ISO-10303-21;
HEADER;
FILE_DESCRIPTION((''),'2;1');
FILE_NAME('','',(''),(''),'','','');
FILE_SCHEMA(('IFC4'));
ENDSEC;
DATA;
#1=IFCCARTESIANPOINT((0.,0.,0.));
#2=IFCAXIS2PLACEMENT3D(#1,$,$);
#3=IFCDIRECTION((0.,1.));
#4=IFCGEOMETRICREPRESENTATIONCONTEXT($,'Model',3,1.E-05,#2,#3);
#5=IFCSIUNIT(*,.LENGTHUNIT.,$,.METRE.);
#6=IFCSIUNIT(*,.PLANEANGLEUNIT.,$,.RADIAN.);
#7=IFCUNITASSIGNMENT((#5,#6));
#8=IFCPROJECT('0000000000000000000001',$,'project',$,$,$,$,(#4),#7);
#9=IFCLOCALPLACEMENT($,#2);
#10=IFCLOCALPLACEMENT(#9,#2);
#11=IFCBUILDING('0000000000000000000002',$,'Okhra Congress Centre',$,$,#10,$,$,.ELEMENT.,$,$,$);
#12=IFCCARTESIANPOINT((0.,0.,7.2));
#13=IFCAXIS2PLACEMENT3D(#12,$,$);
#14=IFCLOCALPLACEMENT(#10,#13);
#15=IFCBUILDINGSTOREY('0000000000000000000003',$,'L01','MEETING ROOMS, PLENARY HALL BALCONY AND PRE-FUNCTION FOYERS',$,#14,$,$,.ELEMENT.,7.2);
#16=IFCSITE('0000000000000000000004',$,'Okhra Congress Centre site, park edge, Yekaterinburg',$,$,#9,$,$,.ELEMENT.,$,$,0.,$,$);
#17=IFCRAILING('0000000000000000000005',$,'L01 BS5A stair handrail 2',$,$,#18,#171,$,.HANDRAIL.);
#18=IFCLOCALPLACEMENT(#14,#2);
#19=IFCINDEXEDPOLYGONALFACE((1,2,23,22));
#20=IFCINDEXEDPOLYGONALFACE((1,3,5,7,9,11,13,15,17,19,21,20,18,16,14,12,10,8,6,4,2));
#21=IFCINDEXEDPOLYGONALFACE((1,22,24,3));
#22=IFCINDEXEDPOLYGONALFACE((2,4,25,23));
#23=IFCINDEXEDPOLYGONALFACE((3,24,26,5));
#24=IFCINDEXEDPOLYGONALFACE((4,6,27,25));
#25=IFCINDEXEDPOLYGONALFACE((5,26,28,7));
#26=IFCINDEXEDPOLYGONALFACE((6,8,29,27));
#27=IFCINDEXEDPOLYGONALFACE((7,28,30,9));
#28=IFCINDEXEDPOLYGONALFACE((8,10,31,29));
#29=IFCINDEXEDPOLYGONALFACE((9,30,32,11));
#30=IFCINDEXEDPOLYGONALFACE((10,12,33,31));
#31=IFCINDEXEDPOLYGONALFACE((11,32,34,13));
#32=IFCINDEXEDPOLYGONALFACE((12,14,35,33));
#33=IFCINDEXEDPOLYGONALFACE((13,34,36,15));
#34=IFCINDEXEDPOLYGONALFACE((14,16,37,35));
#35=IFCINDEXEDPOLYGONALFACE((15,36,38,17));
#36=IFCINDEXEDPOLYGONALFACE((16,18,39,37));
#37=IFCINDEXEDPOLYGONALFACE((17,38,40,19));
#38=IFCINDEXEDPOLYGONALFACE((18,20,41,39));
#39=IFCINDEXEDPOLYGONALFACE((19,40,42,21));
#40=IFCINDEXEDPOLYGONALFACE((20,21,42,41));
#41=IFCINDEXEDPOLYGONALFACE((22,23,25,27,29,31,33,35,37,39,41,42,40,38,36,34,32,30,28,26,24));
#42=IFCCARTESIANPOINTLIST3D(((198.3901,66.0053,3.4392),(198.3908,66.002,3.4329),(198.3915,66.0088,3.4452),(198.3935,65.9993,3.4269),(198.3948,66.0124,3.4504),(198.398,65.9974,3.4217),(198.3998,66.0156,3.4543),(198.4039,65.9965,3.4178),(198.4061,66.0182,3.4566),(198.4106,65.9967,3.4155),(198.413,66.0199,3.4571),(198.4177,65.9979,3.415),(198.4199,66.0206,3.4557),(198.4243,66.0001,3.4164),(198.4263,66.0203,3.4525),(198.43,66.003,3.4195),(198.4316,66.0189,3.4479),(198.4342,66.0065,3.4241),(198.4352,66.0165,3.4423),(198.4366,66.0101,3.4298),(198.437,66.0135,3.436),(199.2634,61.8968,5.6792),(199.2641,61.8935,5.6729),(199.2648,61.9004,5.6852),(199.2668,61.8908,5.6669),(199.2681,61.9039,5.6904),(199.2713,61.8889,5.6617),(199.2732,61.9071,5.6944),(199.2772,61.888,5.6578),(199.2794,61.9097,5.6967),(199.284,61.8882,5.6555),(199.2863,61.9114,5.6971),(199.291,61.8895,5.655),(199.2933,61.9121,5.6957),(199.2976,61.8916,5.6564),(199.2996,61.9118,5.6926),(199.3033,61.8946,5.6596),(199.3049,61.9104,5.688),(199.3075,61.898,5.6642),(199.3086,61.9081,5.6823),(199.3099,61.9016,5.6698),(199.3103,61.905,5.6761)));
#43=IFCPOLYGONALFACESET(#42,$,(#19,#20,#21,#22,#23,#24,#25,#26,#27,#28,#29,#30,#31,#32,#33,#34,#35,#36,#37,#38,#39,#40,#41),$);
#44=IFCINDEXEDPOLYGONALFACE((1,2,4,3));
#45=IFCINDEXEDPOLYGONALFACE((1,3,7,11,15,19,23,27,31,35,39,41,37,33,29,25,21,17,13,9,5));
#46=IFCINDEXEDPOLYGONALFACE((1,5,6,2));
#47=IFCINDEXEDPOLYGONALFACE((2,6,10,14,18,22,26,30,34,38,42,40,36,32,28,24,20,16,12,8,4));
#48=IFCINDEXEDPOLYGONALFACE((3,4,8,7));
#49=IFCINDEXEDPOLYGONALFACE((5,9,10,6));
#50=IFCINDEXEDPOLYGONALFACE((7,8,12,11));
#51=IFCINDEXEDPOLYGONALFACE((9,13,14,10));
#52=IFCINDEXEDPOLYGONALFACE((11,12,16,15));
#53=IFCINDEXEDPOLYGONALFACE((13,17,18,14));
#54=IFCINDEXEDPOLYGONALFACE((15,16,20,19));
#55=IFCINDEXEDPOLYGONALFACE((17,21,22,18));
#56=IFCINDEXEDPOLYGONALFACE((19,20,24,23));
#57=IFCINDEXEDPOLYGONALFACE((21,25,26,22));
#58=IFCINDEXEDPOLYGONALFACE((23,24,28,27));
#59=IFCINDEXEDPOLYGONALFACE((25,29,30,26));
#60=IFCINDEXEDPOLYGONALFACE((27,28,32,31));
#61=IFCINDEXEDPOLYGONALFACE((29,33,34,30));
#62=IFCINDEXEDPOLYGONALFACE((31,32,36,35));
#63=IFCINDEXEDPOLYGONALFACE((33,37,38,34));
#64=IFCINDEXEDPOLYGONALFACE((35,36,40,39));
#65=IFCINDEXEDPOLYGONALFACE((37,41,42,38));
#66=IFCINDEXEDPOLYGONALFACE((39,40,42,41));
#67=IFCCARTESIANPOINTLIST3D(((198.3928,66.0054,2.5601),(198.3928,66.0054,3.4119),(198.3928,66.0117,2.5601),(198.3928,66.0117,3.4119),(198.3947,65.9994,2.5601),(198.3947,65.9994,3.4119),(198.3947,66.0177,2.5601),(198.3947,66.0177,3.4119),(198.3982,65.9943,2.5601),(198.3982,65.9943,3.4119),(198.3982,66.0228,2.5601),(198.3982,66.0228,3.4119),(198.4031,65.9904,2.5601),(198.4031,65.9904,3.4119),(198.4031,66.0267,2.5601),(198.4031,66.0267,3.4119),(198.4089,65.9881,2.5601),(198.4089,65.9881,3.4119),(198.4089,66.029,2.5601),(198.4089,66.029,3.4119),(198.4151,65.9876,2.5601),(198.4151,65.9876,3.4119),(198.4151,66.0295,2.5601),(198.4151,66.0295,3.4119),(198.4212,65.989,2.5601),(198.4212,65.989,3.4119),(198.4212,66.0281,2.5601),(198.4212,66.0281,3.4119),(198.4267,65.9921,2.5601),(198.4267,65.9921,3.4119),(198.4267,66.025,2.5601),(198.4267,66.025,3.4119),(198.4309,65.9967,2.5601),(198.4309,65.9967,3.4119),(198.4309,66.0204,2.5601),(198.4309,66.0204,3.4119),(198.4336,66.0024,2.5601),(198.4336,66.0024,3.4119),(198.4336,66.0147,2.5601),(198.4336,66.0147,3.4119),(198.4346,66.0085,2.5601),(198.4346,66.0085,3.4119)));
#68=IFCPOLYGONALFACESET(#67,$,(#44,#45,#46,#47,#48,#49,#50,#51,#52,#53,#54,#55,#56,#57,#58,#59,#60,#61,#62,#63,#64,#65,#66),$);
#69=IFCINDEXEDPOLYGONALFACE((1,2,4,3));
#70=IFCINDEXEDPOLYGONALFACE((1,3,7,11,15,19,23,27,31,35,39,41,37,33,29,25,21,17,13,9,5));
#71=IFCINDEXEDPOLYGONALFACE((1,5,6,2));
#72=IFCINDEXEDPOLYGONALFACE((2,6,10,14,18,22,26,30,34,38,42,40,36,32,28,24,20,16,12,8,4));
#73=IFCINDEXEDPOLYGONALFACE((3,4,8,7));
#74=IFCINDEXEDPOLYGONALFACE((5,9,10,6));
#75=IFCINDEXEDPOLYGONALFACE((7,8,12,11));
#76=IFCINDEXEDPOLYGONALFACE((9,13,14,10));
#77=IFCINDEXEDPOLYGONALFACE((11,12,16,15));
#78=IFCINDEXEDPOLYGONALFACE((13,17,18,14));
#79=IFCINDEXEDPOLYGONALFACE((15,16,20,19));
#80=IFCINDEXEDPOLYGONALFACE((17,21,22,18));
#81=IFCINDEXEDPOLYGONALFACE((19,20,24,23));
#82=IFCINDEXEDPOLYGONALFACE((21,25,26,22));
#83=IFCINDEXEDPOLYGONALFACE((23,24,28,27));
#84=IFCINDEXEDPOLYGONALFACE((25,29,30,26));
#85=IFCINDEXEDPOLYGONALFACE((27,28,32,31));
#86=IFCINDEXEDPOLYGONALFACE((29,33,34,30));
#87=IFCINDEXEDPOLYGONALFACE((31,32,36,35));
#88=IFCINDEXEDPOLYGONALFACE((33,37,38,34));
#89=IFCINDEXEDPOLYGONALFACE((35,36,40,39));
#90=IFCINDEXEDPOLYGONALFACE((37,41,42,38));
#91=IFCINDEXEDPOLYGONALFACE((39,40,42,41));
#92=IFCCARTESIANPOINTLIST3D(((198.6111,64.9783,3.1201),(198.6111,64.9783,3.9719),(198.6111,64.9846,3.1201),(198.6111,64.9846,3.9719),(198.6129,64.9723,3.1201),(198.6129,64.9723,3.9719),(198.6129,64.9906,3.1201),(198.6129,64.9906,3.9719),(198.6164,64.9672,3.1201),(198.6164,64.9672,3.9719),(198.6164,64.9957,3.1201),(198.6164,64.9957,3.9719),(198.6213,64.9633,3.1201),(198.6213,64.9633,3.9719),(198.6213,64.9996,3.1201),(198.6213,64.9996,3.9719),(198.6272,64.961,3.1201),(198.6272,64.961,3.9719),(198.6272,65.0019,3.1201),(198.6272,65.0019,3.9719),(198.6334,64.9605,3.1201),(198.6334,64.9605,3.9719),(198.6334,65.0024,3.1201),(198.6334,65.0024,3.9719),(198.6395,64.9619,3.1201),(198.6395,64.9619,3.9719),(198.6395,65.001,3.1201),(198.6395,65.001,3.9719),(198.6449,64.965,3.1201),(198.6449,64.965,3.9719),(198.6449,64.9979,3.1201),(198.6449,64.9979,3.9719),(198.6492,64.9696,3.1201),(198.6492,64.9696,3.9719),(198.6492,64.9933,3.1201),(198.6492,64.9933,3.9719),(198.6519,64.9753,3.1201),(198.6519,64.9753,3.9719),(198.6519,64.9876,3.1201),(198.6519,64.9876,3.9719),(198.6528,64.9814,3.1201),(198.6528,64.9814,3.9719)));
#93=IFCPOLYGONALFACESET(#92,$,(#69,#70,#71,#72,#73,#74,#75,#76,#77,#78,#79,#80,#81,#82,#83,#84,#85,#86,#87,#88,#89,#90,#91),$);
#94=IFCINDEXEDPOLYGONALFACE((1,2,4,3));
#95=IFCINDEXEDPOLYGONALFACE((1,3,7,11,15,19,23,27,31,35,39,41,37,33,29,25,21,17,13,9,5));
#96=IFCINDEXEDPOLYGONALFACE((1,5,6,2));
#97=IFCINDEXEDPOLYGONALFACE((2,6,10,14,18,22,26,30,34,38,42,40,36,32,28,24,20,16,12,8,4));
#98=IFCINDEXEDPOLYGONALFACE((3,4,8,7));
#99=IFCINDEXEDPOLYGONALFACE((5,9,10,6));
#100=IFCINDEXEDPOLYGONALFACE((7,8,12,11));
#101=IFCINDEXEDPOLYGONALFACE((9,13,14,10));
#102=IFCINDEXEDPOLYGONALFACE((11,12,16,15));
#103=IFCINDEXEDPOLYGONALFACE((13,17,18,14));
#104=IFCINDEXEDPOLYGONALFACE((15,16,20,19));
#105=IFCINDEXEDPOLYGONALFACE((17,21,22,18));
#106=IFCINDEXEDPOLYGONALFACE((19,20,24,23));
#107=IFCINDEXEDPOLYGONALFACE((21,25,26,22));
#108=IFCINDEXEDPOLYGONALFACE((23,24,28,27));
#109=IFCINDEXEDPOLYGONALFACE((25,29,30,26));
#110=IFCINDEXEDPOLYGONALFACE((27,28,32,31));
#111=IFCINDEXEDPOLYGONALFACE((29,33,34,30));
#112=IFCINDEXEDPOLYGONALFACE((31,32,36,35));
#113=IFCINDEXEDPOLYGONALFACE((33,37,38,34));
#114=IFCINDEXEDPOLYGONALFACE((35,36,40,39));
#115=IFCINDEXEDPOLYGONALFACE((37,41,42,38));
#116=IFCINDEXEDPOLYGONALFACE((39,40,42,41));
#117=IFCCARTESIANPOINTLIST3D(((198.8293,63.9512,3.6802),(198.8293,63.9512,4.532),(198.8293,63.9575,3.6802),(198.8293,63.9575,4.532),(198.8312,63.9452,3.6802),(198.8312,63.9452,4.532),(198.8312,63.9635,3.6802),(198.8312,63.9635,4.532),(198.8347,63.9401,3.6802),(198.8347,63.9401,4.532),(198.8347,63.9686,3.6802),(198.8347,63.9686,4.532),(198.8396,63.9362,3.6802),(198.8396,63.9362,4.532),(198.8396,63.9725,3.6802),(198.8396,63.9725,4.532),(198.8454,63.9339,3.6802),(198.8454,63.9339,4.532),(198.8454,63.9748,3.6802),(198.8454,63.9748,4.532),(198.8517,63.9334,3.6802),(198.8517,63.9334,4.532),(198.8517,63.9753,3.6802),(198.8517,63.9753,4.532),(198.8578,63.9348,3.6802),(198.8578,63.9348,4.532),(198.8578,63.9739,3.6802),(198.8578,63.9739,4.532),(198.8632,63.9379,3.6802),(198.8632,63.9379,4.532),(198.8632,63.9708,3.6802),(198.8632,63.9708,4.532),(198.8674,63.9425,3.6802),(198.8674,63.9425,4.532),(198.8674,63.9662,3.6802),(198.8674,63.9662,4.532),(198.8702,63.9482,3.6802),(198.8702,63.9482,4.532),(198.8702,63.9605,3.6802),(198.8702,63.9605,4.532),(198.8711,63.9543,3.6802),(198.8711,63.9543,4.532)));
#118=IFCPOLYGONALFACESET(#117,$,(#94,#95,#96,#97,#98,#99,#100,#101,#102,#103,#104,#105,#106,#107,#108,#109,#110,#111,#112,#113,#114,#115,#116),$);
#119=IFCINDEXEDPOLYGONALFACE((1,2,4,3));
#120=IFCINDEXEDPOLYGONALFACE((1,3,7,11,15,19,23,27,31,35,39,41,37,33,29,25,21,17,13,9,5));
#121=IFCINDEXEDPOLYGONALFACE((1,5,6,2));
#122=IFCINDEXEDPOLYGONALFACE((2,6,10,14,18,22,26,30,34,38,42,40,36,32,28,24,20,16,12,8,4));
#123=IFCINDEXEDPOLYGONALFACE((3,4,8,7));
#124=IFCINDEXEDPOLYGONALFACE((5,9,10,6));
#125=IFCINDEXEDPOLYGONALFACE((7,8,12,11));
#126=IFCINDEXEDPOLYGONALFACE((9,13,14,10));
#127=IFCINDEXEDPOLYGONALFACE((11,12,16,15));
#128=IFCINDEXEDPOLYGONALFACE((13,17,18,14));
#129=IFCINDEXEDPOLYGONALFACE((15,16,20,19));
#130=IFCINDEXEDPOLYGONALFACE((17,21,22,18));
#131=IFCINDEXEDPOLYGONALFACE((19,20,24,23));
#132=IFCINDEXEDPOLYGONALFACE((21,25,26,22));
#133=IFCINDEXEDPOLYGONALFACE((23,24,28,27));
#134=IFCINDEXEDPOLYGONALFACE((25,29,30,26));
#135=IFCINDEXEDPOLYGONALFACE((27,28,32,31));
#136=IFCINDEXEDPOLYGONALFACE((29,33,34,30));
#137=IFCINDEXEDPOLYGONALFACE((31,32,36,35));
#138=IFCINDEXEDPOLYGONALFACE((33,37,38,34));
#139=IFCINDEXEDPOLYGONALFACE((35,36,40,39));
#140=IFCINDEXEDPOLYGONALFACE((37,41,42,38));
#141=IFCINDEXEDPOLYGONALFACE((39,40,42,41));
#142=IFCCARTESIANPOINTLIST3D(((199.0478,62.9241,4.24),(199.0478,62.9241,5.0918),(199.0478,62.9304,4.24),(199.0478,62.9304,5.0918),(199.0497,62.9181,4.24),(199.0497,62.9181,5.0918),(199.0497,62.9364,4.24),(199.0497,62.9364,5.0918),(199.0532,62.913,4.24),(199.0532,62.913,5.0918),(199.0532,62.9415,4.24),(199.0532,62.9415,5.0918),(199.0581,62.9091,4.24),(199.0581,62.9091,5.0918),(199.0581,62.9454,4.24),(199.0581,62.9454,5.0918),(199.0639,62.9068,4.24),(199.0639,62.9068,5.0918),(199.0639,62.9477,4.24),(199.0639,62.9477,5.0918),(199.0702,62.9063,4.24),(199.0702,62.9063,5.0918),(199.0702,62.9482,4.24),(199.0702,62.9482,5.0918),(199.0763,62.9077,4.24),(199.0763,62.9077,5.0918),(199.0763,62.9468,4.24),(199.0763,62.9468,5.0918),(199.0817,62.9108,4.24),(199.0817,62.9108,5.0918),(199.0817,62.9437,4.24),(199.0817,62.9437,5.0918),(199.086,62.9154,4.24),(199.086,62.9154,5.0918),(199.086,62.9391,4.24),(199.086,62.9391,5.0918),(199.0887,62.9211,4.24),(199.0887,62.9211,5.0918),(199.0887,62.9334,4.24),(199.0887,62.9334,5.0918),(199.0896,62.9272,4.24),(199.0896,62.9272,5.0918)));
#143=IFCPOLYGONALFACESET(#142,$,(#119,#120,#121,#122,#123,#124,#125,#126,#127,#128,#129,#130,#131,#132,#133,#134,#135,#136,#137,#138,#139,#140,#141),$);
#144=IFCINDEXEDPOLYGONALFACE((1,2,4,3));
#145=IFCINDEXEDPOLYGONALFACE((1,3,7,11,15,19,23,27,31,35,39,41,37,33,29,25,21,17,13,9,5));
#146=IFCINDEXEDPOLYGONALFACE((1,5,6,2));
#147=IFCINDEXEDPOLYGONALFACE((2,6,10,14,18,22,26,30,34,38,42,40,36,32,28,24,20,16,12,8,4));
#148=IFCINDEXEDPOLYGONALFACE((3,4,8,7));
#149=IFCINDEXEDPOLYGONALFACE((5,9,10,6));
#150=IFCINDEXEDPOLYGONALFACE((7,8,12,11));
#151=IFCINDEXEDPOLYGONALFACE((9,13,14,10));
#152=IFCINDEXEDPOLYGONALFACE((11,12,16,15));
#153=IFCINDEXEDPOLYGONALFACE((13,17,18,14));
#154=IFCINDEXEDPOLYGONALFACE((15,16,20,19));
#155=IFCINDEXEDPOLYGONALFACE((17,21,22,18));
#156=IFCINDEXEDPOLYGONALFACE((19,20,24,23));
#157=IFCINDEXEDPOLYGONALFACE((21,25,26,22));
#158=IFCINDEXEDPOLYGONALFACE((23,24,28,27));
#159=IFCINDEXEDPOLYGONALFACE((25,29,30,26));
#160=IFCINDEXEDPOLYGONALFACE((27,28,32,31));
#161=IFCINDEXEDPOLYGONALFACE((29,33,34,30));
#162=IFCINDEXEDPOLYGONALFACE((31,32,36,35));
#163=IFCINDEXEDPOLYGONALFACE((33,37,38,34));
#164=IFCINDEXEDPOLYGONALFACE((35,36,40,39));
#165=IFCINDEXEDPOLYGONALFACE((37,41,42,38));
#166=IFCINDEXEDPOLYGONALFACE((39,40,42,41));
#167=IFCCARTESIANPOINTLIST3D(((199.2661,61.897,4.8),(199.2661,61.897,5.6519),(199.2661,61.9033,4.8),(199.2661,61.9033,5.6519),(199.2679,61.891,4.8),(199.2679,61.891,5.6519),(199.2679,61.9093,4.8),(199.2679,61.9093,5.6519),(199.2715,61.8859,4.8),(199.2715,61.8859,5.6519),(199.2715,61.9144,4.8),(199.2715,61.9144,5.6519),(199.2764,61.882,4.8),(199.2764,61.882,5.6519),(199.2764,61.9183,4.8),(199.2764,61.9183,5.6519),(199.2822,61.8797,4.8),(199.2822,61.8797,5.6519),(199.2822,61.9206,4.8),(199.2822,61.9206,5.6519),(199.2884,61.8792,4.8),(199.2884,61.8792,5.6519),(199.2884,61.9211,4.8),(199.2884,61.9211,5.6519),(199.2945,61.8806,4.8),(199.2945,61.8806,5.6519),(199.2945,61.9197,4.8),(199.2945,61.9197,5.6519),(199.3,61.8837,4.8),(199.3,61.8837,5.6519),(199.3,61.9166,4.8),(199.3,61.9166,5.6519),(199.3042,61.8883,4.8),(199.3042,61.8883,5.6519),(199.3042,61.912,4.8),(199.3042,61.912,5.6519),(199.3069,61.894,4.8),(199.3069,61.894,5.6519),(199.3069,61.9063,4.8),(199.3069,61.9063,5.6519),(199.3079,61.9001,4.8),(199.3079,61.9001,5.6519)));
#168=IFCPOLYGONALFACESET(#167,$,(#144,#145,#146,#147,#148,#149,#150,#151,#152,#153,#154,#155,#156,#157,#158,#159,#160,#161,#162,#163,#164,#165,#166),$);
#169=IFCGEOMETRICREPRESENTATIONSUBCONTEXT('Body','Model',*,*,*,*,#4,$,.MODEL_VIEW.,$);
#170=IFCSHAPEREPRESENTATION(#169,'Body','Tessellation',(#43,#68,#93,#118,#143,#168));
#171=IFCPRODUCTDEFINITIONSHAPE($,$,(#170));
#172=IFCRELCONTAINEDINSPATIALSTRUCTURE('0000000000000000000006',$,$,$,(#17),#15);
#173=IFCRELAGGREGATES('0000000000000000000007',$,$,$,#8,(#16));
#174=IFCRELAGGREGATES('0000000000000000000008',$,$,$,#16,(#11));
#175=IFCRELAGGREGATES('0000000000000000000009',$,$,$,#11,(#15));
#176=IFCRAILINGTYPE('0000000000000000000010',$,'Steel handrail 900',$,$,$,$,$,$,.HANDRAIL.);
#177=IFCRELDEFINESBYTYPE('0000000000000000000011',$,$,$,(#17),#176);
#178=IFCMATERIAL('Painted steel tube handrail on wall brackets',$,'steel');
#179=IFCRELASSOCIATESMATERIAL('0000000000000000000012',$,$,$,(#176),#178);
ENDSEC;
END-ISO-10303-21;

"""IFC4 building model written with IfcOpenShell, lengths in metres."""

from ifc_helpers import new_model, si_unit, direction, frame, origin, origin_2d, place, context, subcontext, project, spatial, circle, extrude, material, type_object, element, save


model = new_model("IFC4")

# Units and contexts
model_context = context("Model", 3, precision=1e-05, world=origin(), true_north=direction((0.0, 1.0)))
body_context = subcontext(model_context, "Body", "Model", "MODEL_VIEW")
ifc_project = project(units=[si_unit("LENGTHUNIT", "METRE"), si_unit("PLANEANGLEUNIT", "RADIAN")], contexts=[model_context])

# Site, building, storey
site_placement = place(None, origin())
site = spatial("IfcSite", under=ifc_project, at=site_placement, Name="Okhra Congress Centre site, park edge, Yekaterinburg", CompositionType="ELEMENT", RefElevation=0.0)
building_placement = place(site_placement, origin())
building = spatial("IfcBuilding", under=site, at=building_placement, Name="Okhra Congress Centre", CompositionType="ELEMENT")
storey_placement = place(building_placement, frame((0.0, 0.0, 7.2)))
storey = spatial("IfcBuildingStorey", under=building, at=storey_placement, Name="L01", Description="MEETING ROOMS, PLENARY HALL BALCONY AND PRE-FUNCTION FOYERS", CompositionType="ELEMENT", Elevation=7.2)

# Railing
ifc_material_1 = material(Name="Painted steel tube handrail on wall brackets", Category="steel")
railing_type_1 = type_object("IfcRailingType", Name="Steel handrail 900", PredefinedType="HANDRAIL", material=ifc_material_1)
railing_1_placement = place(storey_placement, frame((198.4136, 66.0085, 2.5601)))
element("IfcRailing", 1, at=railing_1_placement, inside=storey, type_object=railing_type_1, Name="L01 BS5A stair handrail 2", PredefinedType="HANDRAIL", context=body_context, shape_type="SweptSolid", body=[
    extrude(circle(Radius=0.0239, at=origin_2d()), frame((0.0, 0.0, 0.876), z_axis=(0.183458, -0.86308, 0.47057), x_axis=(0.978146, 0.207917, 0.0)), (0.0, 0.0, 1.0), 4.7603),
    extrude(circle(Radius=0.021, at=origin_2d()), origin(), (0.0, 0.0, 1.0), 0.8518),
    extrude(circle(Radius=0.021, at=origin_2d()), frame((0.2183, -1.0271, 0.5601)), (0.0, 0.0, 1.0), 0.8518),
    extrude(circle(Radius=0.021, at=origin_2d()), frame((0.4365, -2.0542, 1.1201)), (0.0, 0.0, 1.0), 0.8518),
    extrude(circle(Radius=0.021, at=origin_2d()), frame((0.655, -3.0813, 1.6799)), (0.0, 0.0, 1.0), 0.8518),
    extrude(circle(Radius=0.021, at=origin_2d()), frame((0.8733, -4.1084, 2.24)), (0.0, 0.0, 1.0), 0.8518),
])

save(model, "model.ifc")
